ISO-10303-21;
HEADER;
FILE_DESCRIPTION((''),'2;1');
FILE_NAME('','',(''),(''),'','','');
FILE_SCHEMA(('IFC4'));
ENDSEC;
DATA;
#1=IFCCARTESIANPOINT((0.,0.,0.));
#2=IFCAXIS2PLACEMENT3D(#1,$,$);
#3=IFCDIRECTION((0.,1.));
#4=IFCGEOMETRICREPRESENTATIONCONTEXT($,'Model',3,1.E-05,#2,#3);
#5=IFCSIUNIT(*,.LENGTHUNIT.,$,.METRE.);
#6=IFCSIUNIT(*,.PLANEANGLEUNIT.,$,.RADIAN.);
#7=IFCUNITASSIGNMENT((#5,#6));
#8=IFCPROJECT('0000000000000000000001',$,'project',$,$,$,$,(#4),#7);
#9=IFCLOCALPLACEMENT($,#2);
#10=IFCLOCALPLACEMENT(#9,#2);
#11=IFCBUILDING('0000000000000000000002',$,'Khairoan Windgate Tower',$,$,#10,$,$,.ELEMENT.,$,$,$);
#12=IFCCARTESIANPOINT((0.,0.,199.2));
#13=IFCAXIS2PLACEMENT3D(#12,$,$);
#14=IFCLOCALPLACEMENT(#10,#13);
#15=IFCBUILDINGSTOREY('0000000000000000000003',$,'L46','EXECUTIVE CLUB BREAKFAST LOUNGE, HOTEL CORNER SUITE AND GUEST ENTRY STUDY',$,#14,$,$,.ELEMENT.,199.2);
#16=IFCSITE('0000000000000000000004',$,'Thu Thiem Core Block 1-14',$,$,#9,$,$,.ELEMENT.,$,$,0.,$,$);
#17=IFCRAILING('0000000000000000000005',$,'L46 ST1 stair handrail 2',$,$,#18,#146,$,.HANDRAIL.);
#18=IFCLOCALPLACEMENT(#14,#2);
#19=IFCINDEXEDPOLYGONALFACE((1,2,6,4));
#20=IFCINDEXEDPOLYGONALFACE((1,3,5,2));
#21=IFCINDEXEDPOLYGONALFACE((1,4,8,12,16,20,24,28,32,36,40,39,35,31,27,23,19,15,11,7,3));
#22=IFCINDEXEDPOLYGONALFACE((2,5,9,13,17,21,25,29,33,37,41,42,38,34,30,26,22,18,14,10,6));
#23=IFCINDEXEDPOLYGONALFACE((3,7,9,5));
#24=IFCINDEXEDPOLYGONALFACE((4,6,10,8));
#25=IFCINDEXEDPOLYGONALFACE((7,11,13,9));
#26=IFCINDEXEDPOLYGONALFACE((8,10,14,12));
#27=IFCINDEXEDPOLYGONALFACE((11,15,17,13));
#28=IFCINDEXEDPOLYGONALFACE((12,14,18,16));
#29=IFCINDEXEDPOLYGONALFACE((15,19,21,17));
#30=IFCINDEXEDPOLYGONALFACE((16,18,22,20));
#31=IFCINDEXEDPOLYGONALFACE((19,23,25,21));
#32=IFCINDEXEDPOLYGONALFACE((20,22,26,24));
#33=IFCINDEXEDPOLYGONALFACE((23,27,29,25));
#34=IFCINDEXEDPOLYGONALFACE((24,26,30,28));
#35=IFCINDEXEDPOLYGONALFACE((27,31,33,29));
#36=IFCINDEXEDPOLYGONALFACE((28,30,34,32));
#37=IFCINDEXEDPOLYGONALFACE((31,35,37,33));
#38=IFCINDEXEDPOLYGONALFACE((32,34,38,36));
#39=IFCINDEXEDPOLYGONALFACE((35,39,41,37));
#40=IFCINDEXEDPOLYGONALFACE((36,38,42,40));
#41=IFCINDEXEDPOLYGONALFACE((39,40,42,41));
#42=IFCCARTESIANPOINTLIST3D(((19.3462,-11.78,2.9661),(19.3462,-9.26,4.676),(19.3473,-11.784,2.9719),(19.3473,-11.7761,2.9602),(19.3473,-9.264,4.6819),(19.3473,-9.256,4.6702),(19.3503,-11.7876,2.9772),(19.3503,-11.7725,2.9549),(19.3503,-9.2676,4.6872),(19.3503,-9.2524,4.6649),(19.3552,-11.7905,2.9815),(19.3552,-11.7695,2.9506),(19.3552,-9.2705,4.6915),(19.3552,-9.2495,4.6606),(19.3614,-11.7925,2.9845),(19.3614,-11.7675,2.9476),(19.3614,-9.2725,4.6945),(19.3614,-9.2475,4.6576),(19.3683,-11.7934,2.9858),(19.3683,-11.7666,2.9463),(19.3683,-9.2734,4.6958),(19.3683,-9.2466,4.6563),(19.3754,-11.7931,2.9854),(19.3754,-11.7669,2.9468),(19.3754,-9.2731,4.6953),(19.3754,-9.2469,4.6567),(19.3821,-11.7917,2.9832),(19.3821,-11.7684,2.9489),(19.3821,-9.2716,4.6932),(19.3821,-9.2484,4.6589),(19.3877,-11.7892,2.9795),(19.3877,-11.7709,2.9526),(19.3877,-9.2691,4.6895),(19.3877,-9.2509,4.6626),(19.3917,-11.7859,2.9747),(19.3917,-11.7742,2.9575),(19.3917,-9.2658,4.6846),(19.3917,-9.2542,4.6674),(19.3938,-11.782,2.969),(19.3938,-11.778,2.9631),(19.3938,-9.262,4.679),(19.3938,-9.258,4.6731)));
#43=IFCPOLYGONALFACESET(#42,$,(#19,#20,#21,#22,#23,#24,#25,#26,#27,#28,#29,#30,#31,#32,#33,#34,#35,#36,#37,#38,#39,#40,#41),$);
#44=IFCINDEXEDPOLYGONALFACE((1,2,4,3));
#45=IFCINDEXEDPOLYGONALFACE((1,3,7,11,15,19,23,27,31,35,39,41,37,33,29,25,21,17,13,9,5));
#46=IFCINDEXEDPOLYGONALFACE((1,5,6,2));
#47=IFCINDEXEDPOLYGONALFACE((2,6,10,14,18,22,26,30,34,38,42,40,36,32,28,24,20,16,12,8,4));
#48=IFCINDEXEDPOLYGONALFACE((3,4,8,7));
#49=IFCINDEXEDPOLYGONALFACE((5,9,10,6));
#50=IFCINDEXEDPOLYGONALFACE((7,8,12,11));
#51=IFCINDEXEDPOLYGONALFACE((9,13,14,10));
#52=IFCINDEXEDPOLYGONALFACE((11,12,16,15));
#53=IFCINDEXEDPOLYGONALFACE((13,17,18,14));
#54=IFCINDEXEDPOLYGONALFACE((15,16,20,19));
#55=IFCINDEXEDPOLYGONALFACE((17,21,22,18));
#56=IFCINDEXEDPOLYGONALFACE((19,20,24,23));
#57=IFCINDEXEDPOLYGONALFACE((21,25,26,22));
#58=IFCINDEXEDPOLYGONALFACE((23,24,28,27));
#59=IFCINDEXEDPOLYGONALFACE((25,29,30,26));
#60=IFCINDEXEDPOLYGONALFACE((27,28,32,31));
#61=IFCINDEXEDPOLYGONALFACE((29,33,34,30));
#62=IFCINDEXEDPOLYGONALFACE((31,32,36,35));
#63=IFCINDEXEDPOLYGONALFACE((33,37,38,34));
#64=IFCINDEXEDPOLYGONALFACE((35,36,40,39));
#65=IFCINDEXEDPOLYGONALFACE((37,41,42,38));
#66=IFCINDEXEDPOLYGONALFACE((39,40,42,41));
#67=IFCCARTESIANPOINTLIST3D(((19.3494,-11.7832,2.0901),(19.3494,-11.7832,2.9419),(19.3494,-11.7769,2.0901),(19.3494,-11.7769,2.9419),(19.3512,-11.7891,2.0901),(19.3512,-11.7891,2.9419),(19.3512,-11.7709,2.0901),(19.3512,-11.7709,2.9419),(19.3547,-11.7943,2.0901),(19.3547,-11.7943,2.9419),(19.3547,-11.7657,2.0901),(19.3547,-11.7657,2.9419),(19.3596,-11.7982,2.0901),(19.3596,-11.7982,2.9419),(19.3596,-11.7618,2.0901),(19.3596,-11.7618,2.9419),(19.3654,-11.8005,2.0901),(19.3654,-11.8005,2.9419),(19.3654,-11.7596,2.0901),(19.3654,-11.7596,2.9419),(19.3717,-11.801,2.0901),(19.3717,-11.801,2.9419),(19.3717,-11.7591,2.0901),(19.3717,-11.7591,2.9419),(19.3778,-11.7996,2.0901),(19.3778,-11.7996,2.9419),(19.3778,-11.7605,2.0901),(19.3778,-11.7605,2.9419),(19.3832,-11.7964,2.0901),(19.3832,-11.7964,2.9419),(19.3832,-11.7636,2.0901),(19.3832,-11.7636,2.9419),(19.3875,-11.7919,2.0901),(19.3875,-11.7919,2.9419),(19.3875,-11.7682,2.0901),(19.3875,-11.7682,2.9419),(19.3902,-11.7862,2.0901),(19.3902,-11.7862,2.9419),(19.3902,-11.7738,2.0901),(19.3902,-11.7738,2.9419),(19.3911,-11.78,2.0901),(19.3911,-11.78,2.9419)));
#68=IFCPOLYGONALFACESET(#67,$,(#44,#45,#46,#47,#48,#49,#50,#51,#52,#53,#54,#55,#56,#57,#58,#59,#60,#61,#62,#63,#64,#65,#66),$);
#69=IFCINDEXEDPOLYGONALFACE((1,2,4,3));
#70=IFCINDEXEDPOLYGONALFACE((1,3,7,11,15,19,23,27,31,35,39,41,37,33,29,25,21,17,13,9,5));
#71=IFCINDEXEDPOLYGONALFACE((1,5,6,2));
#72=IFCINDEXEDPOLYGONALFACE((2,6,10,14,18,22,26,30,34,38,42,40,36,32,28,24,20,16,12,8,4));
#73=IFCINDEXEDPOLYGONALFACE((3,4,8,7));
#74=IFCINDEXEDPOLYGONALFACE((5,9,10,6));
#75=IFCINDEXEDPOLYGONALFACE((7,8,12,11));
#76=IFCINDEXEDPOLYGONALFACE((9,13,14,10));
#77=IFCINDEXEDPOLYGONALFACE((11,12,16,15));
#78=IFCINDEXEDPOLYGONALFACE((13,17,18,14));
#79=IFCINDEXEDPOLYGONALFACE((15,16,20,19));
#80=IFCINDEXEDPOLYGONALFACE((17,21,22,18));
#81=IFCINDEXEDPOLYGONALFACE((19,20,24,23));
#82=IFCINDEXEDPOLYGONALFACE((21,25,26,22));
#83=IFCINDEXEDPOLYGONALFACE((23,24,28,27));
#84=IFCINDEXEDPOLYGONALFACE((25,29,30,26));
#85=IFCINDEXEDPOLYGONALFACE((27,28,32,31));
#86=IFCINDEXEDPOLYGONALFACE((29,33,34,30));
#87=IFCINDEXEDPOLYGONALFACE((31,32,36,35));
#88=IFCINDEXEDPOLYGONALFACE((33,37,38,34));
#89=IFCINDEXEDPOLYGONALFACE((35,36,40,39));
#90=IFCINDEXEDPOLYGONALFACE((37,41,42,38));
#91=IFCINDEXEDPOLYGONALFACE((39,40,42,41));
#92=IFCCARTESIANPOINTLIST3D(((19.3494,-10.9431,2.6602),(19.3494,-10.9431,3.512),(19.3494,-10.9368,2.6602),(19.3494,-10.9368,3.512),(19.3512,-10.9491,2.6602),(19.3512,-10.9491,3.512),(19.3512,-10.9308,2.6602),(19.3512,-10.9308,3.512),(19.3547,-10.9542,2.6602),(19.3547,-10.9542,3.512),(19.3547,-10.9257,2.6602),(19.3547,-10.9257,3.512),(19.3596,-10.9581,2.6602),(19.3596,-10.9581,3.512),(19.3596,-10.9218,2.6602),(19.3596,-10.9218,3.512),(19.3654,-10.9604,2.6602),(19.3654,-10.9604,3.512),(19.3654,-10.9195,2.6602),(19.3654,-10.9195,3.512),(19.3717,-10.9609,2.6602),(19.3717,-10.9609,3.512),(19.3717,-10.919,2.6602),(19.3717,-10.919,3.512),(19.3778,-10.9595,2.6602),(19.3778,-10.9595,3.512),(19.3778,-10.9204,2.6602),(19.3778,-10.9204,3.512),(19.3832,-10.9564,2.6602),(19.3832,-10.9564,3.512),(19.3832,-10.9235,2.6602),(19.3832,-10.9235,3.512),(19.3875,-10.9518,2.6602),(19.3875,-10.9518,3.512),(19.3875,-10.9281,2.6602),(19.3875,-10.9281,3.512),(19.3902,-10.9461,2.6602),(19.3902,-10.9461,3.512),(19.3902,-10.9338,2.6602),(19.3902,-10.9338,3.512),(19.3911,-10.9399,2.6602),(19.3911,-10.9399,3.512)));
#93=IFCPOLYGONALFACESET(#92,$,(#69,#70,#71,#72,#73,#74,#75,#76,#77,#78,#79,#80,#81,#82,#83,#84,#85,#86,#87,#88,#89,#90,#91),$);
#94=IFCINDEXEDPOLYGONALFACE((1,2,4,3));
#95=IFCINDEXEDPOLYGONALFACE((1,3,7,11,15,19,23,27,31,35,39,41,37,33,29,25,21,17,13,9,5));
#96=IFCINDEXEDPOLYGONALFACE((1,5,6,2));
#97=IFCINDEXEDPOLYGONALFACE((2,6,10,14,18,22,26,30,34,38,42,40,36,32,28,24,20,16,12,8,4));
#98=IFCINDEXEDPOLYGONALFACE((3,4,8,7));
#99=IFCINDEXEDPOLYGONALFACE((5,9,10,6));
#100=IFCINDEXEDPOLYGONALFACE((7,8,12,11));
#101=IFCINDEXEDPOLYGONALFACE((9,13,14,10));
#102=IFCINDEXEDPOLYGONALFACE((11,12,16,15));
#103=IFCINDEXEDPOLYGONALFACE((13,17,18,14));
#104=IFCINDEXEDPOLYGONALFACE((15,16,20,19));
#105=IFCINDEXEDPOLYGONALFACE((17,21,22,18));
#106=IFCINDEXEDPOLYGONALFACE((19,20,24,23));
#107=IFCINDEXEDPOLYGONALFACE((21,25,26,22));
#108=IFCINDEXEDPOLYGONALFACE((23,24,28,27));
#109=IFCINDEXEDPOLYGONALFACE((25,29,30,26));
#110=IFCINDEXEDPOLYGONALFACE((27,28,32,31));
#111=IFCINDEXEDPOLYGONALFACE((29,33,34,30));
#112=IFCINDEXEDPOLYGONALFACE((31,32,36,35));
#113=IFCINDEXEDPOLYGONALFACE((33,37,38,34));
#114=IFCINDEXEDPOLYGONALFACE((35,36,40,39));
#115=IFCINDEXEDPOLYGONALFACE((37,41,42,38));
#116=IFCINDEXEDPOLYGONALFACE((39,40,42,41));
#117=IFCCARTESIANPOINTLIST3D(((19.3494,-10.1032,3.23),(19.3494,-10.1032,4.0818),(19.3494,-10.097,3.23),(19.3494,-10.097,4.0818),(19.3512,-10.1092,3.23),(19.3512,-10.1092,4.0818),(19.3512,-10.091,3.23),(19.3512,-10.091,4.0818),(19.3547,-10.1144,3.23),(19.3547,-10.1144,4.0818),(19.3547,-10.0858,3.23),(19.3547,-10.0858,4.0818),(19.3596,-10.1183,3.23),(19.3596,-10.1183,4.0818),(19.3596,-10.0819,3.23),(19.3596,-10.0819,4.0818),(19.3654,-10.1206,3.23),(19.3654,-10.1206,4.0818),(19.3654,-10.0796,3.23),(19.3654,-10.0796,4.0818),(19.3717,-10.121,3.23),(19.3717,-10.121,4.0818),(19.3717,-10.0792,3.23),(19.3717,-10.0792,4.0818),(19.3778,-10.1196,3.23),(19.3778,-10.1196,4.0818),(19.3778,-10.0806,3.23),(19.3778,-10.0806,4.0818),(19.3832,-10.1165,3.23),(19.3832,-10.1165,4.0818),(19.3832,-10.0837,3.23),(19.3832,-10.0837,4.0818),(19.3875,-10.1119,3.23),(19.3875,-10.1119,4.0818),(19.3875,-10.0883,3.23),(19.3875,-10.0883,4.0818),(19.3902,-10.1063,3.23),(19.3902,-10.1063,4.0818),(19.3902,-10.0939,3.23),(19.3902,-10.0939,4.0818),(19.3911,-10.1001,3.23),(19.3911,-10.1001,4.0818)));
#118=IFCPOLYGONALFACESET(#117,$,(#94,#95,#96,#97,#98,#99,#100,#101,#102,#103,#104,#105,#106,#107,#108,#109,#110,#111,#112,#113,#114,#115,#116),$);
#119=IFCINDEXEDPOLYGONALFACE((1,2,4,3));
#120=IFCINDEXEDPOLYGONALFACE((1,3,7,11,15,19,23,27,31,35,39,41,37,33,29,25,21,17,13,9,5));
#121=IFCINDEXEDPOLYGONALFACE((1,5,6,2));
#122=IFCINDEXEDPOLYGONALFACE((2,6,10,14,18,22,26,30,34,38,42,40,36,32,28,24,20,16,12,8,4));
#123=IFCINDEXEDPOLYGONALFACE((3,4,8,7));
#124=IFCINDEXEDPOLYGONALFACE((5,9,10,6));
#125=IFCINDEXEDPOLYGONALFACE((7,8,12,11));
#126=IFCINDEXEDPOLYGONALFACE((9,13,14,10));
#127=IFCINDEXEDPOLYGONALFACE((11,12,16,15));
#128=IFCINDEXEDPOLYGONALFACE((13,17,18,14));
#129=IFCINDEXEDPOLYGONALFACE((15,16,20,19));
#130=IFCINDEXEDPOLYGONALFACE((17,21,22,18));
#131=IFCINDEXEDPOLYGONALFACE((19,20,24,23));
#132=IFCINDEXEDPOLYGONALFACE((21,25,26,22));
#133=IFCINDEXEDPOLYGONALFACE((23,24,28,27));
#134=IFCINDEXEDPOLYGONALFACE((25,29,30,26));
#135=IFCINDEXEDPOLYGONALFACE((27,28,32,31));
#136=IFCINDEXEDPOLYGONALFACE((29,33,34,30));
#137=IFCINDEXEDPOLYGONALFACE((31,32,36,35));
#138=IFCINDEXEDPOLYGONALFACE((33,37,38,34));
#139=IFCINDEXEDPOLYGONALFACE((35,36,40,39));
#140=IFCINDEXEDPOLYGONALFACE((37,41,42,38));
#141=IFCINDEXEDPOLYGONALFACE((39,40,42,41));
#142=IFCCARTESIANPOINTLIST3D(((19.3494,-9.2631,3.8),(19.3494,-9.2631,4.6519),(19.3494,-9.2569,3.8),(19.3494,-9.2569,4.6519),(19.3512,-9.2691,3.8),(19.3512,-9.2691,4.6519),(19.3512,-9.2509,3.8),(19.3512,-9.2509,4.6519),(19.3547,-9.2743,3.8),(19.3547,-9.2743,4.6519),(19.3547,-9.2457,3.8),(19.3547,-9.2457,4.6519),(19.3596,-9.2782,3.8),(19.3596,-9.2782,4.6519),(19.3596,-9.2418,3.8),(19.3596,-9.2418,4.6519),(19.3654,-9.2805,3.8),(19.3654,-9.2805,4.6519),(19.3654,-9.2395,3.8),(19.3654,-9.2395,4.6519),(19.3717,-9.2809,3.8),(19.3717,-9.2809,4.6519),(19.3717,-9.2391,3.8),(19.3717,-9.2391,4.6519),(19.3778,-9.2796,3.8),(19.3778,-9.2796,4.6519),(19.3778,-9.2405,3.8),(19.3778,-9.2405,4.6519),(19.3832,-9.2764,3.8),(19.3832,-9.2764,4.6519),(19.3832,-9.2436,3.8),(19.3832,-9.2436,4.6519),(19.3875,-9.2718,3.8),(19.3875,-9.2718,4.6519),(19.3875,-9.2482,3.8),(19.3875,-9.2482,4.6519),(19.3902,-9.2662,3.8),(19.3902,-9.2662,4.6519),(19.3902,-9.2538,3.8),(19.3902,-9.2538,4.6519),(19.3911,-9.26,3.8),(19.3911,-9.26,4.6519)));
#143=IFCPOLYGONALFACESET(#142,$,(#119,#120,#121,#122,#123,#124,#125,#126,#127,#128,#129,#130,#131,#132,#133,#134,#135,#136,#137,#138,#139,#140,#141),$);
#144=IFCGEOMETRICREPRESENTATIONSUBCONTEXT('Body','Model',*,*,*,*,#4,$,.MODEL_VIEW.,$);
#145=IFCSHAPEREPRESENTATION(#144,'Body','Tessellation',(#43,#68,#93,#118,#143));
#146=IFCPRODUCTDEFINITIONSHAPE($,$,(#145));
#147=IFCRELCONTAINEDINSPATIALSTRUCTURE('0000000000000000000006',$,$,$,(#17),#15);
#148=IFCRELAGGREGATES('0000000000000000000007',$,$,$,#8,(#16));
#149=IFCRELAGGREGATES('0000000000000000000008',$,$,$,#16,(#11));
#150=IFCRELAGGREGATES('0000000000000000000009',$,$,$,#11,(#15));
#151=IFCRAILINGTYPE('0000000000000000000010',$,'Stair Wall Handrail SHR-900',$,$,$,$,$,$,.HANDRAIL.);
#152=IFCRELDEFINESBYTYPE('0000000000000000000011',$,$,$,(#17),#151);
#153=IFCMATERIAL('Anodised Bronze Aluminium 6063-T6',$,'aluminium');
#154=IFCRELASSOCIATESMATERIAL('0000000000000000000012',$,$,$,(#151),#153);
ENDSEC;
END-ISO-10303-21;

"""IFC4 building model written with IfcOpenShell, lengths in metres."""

from ifc_helpers import new_model, si_unit, direction, frame, origin, origin_2d, place, context, subcontext, project, spatial, circle, extrude, material, type_object, element, save


model = new_model("IFC4")

# Units and contexts
model_context = context("Model", 3, precision=1e-05, world=origin(), true_north=direction((0.0, 1.0)))
body_context = subcontext(model_context, "Body", "Model", "MODEL_VIEW")
ifc_project = project(units=[si_unit("LENGTHUNIT", "METRE"), si_unit("PLANEANGLEUNIT", "RADIAN")], contexts=[model_context])

# Site, building, storey
site_placement = place(None, origin())
site = spatial("IfcSite", under=ifc_project, at=site_placement, Name="Thu Thiem Core Block 1-14", CompositionType="ELEMENT", RefElevation=0.0)
building_placement = place(site_placement, origin())
building = spatial("IfcBuilding", under=site, at=building_placement, Name="Khairoan Windgate Tower", CompositionType="ELEMENT")
storey_placement = place(building_placement, frame((0.0, 0.0, 199.2)))
storey = spatial("IfcBuildingStorey", under=building, at=storey_placement, Name="L46", Description="EXECUTIVE CLUB BREAKFAST LOUNGE, HOTEL CORNER SUITE AND GUEST ENTRY STUDY", CompositionType="ELEMENT", Elevation=199.2)

# Railing
ifc_material_1 = material(Name="Anodised Bronze Aluminium 6063-T6", Category="aluminium")
railing_type_1 = type_object("IfcRailingType", Name="Stair Wall Handrail SHR-900", PredefinedType="HANDRAIL", material=ifc_material_1)
railing_1_placement = place(storey_placement, frame((19.3701, -11.78, 2.0901)))
element("IfcRailing", 1, at=railing_1_placement, inside=storey, type_object=railing_type_1, Name="L46 ST1 stair handrail 2", PredefinedType="HANDRAIL", context=body_context, shape_type="SweptSolid", body=[
    extrude(circle(Radius=0.0239, at=origin_2d()), frame((0.0, 0.0, 0.876), z_axis=(0.0, 0.827484, 0.56149), x_axis=(-1.0, 0.0, 0.0)), (0.0, 0.0, 1.0), 3.0454),
    extrude(circle(Radius=0.021, at=origin_2d()), origin(), (0.0, 0.0, 1.0), 0.8518),
    extrude(circle(Radius=0.021, at=origin_2d()), frame((0.0, 0.8401, 0.5701)), (0.0, 0.0, 1.0), 0.8518),
    extrude(circle(Radius=0.021, at=origin_2d()), frame((0.0, 1.6799, 1.1399)), (0.0, 0.0, 1.0), 0.8518),
    extrude(circle(Radius=0.021, at=origin_2d()), frame((0.0, 2.52, 1.71)), (0.0, 0.0, 1.0), 0.8518),
])

save(model, "model.ifc")
